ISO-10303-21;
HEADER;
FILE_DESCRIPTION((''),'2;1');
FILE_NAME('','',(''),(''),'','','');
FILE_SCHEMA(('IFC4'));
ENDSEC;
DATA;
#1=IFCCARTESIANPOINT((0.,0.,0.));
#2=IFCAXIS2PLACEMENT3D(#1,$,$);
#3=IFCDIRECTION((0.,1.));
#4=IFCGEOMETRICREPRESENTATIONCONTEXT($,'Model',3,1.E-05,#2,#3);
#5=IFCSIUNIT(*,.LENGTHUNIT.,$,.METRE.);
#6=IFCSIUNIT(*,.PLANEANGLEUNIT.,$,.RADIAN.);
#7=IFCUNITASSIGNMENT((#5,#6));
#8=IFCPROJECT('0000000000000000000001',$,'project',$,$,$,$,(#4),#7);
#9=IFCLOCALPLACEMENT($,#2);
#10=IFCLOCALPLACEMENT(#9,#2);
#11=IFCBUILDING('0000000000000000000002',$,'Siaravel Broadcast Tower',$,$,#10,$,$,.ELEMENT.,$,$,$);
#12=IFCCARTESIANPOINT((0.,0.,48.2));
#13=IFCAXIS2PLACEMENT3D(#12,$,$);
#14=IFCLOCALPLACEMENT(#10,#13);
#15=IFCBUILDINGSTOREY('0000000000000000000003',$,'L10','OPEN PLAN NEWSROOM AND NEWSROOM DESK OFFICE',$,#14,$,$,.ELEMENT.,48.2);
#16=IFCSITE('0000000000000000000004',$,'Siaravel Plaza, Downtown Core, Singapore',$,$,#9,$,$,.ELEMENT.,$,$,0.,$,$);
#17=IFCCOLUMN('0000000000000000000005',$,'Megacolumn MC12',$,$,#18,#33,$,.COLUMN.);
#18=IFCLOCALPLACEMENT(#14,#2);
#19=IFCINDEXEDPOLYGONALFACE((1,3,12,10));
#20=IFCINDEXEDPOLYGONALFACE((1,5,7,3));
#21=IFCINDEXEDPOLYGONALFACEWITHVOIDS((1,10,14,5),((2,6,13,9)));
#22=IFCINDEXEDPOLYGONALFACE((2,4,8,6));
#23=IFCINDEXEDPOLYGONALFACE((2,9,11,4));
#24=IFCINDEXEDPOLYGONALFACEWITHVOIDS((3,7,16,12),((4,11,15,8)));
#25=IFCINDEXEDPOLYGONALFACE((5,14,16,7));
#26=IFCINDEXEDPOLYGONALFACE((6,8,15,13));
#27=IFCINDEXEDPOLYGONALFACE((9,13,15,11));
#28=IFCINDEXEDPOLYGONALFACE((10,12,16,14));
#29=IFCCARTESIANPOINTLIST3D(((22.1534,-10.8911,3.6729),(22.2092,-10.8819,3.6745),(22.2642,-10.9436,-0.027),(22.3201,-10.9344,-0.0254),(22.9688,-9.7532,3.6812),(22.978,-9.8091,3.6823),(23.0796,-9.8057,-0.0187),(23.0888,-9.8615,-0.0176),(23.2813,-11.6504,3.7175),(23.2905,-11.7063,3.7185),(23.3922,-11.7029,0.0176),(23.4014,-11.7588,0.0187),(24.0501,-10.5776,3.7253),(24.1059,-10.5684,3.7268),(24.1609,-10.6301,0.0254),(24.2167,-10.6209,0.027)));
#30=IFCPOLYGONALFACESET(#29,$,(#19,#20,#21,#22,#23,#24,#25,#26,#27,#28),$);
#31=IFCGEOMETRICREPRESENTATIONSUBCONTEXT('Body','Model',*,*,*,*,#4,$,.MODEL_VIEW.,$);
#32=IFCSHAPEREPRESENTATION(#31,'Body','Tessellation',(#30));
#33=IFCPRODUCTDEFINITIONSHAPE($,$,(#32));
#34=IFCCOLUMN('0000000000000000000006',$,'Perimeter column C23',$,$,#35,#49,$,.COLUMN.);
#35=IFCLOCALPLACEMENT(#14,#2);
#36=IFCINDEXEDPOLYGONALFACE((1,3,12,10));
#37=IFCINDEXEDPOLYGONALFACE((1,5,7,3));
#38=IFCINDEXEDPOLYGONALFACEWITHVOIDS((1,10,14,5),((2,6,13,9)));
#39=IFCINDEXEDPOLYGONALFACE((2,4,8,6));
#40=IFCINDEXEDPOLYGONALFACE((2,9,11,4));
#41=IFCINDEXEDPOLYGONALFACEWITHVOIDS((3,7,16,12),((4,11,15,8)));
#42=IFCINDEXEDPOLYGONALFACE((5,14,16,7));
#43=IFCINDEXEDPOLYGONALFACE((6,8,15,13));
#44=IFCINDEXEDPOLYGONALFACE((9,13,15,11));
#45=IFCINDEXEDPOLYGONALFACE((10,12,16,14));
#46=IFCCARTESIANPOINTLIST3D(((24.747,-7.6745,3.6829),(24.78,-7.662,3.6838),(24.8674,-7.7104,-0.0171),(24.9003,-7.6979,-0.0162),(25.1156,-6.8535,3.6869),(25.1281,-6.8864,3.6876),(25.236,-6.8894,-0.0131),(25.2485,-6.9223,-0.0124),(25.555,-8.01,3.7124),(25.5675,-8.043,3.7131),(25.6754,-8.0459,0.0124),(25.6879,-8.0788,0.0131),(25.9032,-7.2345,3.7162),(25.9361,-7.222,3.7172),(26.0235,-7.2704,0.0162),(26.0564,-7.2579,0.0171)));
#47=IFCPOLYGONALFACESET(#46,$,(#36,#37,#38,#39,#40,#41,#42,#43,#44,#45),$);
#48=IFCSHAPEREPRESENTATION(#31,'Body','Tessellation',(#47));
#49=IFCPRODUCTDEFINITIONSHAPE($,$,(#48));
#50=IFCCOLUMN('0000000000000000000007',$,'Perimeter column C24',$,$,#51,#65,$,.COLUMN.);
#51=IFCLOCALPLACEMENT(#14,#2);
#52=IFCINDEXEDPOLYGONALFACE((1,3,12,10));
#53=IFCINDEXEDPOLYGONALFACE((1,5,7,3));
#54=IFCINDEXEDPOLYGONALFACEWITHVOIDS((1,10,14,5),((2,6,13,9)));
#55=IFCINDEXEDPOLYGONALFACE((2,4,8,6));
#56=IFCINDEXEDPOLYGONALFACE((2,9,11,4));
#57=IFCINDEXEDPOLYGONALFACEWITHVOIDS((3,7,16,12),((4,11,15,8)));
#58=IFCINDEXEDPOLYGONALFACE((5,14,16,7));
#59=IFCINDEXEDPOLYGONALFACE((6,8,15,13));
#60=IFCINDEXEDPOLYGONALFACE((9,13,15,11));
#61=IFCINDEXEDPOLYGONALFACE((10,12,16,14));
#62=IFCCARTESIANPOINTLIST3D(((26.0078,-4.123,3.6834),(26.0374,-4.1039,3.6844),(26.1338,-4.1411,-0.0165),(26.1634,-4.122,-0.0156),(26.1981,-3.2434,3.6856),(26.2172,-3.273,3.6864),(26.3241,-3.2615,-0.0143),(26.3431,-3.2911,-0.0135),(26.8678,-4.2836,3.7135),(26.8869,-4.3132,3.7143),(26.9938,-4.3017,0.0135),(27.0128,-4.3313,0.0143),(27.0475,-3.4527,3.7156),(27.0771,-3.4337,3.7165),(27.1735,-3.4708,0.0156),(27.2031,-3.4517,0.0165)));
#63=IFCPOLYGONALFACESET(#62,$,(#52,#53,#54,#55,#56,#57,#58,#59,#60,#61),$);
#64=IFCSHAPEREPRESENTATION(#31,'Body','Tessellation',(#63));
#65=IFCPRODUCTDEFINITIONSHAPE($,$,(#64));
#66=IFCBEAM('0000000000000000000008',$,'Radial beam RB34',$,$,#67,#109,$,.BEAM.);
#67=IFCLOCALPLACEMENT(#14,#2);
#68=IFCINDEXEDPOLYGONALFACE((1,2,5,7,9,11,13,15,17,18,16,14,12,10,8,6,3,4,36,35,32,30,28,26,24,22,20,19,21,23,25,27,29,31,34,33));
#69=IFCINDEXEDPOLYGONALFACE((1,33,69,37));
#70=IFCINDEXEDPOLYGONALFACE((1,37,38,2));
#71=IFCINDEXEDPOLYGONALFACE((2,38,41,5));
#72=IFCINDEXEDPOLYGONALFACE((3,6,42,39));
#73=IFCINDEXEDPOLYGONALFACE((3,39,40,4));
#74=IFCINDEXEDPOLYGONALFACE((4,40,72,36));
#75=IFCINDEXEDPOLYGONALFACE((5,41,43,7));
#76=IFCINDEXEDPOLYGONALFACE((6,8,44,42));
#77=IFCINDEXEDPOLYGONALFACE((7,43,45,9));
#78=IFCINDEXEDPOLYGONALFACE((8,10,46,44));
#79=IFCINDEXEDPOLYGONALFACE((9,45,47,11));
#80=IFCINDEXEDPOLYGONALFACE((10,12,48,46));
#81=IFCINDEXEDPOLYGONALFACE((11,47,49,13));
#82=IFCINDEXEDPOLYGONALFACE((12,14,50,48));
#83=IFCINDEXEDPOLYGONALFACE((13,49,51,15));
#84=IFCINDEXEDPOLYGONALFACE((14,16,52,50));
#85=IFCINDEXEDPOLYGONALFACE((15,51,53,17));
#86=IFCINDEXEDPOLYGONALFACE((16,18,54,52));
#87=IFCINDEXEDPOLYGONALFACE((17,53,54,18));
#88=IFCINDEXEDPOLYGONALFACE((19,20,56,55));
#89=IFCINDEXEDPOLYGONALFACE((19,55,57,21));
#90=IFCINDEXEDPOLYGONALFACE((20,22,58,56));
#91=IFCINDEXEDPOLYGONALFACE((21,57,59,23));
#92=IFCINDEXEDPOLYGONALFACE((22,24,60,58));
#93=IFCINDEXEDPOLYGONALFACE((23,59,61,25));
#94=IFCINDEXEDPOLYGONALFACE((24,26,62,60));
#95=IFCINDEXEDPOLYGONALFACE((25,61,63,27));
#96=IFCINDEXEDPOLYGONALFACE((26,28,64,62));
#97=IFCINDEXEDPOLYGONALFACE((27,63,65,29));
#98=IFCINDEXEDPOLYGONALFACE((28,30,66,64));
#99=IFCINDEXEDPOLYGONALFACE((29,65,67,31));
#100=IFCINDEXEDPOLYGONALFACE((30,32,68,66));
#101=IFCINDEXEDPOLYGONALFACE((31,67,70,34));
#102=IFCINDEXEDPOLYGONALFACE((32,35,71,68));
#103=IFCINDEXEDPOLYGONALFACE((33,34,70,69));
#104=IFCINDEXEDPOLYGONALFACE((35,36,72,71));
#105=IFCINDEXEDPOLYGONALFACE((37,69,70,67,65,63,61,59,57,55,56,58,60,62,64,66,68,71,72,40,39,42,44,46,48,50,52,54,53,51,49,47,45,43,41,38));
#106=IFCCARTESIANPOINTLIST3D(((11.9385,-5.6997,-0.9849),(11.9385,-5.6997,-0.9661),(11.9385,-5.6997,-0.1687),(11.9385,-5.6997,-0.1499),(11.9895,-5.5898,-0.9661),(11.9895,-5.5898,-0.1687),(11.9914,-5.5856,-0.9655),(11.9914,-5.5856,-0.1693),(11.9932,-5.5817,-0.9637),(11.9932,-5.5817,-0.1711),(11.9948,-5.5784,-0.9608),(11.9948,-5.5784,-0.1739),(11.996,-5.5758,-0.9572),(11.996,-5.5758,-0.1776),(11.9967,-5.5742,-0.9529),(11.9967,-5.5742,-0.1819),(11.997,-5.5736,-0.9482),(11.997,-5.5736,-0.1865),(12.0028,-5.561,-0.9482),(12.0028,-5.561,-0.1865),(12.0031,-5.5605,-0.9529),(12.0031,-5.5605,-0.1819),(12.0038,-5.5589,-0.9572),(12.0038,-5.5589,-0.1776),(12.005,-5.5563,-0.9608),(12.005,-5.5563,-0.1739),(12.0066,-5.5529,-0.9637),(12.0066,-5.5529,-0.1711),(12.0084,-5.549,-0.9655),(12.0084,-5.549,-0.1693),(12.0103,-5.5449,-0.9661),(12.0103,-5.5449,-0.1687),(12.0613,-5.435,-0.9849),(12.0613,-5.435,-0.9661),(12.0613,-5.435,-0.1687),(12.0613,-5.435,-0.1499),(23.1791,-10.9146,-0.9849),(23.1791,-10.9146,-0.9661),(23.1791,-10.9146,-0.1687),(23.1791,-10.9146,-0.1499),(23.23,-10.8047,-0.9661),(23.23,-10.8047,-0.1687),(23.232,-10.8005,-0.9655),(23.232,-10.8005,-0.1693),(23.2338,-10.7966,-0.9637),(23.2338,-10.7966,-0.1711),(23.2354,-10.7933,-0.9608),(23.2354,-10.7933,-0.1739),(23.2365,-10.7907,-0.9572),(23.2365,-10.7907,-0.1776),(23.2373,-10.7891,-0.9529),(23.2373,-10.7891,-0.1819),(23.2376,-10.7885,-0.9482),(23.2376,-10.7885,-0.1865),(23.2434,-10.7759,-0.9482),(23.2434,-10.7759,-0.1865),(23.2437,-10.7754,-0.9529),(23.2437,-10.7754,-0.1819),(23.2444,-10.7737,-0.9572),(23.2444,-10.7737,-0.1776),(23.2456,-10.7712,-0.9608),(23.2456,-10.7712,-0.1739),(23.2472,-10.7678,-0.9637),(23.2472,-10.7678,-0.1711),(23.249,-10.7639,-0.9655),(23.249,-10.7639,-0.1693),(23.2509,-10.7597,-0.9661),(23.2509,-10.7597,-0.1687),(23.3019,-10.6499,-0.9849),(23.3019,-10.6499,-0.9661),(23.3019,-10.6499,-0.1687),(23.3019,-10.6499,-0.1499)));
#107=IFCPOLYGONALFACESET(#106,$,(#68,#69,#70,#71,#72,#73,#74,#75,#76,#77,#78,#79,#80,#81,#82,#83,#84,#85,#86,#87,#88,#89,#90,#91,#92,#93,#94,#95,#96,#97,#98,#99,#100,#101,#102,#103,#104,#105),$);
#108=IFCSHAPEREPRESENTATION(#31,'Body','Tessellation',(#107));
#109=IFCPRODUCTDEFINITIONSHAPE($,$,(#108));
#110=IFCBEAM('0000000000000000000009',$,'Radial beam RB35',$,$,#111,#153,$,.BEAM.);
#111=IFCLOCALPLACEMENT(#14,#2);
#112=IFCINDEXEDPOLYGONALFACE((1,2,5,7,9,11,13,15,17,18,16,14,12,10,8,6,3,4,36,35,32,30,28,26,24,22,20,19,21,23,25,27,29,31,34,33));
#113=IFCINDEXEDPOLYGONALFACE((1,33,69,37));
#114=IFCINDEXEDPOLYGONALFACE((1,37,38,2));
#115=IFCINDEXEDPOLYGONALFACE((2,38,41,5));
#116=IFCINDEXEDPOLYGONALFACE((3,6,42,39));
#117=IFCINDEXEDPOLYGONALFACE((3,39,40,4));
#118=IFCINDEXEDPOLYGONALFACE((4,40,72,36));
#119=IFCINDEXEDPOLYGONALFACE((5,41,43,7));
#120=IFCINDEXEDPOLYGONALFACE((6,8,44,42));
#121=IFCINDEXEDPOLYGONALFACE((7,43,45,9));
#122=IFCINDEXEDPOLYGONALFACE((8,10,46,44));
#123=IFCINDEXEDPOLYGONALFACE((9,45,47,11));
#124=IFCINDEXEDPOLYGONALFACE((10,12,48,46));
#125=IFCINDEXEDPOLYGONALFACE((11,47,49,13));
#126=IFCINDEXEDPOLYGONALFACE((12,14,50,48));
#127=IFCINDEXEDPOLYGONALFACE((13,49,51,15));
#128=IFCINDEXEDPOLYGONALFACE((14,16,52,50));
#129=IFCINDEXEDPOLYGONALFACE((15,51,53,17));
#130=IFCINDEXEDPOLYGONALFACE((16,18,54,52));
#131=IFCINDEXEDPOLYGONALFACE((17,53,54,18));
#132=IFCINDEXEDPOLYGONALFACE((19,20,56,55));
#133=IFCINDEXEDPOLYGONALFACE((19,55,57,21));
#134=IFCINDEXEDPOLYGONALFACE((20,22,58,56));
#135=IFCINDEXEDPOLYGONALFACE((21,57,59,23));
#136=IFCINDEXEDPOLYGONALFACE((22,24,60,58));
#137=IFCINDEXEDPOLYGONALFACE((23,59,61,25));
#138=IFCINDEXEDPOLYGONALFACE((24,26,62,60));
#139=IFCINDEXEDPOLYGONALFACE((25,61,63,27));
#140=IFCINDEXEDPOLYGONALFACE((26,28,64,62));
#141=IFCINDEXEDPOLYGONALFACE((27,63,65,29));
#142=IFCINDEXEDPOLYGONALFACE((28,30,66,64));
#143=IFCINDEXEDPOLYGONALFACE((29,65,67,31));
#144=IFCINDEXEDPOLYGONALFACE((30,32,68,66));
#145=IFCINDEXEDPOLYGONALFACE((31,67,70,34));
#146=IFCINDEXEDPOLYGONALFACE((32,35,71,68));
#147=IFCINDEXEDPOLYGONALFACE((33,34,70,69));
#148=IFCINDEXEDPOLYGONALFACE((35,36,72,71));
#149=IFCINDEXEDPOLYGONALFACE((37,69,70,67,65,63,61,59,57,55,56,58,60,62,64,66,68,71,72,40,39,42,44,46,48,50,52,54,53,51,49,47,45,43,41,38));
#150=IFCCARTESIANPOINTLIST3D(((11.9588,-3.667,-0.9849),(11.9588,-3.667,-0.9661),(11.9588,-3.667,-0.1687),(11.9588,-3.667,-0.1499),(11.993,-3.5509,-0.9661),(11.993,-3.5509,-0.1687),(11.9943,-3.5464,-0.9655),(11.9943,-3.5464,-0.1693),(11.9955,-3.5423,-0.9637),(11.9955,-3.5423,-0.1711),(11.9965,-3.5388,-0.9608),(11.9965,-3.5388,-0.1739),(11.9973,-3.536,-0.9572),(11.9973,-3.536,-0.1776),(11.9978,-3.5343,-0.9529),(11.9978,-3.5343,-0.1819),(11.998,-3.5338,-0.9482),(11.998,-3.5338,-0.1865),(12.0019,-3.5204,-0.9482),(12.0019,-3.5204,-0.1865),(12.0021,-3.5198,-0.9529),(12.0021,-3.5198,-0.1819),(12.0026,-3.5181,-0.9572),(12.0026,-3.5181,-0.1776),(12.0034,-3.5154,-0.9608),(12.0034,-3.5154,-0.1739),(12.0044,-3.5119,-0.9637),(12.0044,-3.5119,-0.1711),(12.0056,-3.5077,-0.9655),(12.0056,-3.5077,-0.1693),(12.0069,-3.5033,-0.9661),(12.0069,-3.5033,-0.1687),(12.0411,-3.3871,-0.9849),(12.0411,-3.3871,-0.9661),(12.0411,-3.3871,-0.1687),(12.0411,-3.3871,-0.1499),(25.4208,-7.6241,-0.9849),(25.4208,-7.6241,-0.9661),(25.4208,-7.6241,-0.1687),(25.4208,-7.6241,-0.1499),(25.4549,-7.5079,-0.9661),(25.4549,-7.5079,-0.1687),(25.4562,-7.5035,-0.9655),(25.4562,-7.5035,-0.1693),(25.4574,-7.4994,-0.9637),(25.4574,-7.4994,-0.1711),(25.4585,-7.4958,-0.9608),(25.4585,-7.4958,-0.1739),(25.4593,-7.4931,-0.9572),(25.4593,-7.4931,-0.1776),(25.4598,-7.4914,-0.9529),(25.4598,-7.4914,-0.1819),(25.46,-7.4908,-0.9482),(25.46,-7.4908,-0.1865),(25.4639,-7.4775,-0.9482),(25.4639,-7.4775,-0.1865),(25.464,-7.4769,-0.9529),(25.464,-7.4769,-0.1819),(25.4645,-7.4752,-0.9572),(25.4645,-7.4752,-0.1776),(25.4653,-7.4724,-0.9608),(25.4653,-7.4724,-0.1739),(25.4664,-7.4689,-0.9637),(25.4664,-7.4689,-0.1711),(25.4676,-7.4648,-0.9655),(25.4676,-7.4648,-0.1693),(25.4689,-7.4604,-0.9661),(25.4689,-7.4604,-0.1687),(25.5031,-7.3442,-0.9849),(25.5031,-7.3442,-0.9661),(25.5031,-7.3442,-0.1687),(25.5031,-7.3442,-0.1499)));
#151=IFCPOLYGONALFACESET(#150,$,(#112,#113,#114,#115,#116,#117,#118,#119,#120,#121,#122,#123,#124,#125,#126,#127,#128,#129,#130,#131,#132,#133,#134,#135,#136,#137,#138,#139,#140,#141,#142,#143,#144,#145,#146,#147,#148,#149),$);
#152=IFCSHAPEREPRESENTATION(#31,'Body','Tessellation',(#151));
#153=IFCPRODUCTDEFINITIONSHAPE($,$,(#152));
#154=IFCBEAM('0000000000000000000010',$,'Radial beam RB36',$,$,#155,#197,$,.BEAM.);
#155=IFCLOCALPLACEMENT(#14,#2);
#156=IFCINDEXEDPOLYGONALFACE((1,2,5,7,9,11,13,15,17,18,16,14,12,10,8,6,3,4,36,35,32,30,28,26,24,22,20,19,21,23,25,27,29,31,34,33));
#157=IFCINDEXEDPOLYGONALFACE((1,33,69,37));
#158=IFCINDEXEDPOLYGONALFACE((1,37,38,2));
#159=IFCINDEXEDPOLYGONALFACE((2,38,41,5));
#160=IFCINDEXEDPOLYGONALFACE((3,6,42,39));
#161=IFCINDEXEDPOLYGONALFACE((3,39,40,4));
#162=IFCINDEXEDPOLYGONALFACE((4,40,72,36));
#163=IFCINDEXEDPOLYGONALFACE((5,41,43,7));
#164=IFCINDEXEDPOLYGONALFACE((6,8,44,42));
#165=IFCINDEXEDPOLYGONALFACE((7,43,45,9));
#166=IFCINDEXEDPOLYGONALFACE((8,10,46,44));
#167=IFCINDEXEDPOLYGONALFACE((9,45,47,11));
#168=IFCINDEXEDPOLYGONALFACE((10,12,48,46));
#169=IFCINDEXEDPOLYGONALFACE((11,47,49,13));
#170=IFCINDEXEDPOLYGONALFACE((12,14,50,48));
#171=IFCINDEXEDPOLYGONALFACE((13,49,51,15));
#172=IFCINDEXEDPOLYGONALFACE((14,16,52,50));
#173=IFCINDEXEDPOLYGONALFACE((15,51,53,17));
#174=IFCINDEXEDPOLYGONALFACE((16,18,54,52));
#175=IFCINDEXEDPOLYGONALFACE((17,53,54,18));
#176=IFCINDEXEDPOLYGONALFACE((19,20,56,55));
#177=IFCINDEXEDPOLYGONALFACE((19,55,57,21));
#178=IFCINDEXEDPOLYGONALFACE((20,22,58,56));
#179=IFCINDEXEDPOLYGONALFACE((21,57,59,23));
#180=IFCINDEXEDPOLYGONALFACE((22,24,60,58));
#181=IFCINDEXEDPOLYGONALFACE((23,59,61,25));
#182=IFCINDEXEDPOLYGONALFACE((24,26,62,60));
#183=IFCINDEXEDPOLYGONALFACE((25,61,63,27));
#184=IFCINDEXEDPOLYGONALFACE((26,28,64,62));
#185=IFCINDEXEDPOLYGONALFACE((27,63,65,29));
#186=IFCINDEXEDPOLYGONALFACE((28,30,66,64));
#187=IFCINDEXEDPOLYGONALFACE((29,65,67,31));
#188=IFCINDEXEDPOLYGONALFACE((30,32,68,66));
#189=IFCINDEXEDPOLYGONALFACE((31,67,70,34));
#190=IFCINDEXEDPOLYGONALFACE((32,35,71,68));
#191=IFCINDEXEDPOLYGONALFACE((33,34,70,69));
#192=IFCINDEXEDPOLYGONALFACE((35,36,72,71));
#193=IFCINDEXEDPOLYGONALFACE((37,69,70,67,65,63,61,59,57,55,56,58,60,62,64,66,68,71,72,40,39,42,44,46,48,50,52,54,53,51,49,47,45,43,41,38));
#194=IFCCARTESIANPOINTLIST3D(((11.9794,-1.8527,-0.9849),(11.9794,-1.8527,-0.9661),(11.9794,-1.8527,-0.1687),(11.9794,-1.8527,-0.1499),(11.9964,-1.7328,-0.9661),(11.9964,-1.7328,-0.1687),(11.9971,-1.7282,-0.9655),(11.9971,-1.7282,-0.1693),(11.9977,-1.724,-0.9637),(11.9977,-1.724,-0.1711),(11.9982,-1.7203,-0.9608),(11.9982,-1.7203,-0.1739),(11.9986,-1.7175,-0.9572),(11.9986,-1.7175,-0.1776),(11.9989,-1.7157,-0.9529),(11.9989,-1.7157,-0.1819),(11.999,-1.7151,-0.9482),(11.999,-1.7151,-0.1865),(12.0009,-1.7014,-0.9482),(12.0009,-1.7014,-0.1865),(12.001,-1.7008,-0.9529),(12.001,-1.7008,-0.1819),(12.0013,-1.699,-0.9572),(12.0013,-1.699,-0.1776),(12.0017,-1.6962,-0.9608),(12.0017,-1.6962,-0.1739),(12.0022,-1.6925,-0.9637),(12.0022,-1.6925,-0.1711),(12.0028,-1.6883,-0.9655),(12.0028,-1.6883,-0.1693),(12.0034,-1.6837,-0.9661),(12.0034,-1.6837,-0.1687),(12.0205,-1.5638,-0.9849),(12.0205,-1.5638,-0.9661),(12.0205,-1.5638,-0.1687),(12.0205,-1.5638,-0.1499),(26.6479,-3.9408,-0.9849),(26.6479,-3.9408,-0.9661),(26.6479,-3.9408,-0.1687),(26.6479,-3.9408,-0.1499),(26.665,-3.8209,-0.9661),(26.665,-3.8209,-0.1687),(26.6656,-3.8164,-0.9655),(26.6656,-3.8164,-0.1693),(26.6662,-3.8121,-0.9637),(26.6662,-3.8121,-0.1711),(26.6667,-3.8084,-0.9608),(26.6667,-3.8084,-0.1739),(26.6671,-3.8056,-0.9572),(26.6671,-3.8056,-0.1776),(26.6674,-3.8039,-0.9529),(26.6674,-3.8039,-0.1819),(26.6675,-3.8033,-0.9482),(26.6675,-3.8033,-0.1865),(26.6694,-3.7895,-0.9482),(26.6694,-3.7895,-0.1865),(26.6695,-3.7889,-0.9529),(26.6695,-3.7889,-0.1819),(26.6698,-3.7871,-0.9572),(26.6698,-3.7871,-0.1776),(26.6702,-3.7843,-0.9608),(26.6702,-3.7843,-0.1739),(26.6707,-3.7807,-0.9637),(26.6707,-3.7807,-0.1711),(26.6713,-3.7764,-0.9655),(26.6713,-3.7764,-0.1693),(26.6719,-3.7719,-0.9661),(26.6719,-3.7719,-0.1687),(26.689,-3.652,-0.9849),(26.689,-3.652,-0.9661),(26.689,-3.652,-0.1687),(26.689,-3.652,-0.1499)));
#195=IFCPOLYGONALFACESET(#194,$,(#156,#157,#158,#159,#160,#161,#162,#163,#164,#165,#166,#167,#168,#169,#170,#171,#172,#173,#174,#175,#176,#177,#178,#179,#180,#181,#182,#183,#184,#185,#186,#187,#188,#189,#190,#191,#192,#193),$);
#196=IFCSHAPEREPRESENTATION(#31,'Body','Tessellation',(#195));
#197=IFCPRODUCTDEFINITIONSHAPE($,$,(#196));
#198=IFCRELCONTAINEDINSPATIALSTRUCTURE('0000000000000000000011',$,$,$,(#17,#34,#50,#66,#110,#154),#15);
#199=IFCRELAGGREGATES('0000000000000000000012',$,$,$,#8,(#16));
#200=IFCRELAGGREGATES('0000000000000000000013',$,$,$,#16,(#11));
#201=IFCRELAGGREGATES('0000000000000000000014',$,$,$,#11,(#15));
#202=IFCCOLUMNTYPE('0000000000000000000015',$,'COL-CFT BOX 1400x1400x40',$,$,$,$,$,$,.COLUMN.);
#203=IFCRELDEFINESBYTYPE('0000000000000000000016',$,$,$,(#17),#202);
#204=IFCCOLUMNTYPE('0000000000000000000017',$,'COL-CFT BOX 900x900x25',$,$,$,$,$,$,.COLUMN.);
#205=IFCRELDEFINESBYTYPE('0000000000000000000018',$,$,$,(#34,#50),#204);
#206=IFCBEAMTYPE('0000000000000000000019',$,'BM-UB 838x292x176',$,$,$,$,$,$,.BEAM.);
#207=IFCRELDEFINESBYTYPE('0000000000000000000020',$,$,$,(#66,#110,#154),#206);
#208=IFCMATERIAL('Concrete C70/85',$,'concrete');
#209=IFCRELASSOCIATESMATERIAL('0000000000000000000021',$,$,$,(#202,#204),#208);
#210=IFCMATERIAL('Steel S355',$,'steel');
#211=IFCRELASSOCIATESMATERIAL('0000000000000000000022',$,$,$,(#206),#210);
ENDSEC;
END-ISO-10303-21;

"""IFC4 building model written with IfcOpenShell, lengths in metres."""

from ifc_helpers import new_model, si_unit, direction, frame, origin, origin_2d, place, context, subcontext, project, spatial, hollow_rectangle, i_section, extrude, material, material_profile, profile_set, type_object, element, save


model = new_model("IFC4")

# Units and contexts
model_context = context("Model", 3, precision=1e-05, world=origin(), true_north=direction((0.0, 1.0)))
body_context = subcontext(model_context, "Body", "Model", "MODEL_VIEW")
ifc_project = project(units=[si_unit("LENGTHUNIT", "METRE"), si_unit("PLANEANGLEUNIT", "RADIAN")], contexts=[model_context])

# Site, building, storey
site_placement = place(None, origin())
site = spatial("IfcSite", under=ifc_project, at=site_placement, Name="Siaravel Plaza, Downtown Core, Singapore", CompositionType="ELEMENT", RefElevation=0.0)
building_placement = place(site_placement, origin())
building = spatial("IfcBuilding", under=site, at=building_placement, Name="Siaravel Broadcast Tower", CompositionType="ELEMENT")
storey_placement = place(building_placement, frame((0.0, 0.0, 48.2)))
storey = spatial("IfcBuildingStorey", under=building, at=storey_placement, Name="L10", Description="OPEN PLAN NEWSROOM AND NEWSROOM DESK OFFICE", CompositionType="ELEMENT", Elevation=48.2)

# Columns
ifc_material_1 = material(Name="Concrete C70/85", Category="concrete")
ifc_material_profile_1 = material_profile(ifc_material_1, hollow_rectangle(XDim=1.3999, YDim=1.3999, WallThickness=0.04, at=origin_2d()))
ifc_profile_set_1 = profile_set([ifc_material_profile_1], Name="Concrete C70/85")
column_type_1 = type_object("IfcColumnType", Name="COL-CFT BOX 1400x1400x40", PredefinedType="COLUMN", material=ifc_profile_set_1)
column_placement = place(storey_placement, frame((23.2405, -10.7822, 0.0), z_axis=(-0.029941, 0.014179, 0.999451), x_axis=(-0.582456, -0.81284, -0.005917)))
element("IfcColumn", 1, at=column_placement, inside=storey, type_object=column_type_1, Name="Megacolumn MC12", PredefinedType="COLUMN", context=body_context, shape_type="SweptSolid", body=[
    extrude(hollow_rectangle(XDim=1.3999, YDim=1.3999, WallThickness=0.04, at=origin_2d()), origin(), (0.0, 0.0, 1.0), 3.7019),
])
ifc_material_profile_2 = material_profile(ifc_material_1, hollow_rectangle(XDim=0.8999, YDim=0.8999, WallThickness=0.0249, at=origin_2d()))
ifc_profile_set_2 = profile_set([ifc_material_profile_2], Name="Concrete C70/85")
column_type_2 = type_object("IfcColumnType", Name="COL-CFT BOX 900x900x25", PredefinedType="COLUMN", material=ifc_profile_set_2)
for number, where, z_axis, x_axis, name in (
    (2, (25.4619, -7.4841, 0.0), (-0.032512, 0.009694, 0.999424), (-0.409552, -0.912276, -0.004474), "Perimeter column C23"),
    (3, (26.6685, -3.7964, 0.0), (-0.034028, 0.00488, 0.999409), (-0.211423, -0.977392, -0.002426), "Perimeter column C24"),
):
    element("IfcColumn", number, at=place(storey_placement, frame(where, z_axis=z_axis, x_axis=x_axis)), inside=storey, type_object=column_type_2, Name=name, PredefinedType="COLUMN", context=body_context, shape_type="SweptSolid", body=[
        extrude(hollow_rectangle(XDim=0.8999, YDim=0.8999, WallThickness=0.0249, at=origin_2d()), origin(), (0.0, 0.0, 1.0), 3.7021),
    ])

# Beams
ifc_material_2 = material(Name="Steel S355", Category="steel")
ifc_material_profile_3 = material_profile(ifc_material_2, i_section(OverallWidth=0.2917, OverallDepth=0.835, WebThickness=0.0139, FlangeThickness=0.0188, FilletRadius=0.0178, at=origin_2d()))
ifc_profile_set_3 = profile_set([ifc_material_profile_3], Name="Steel S355")
beam_type = type_object("IfcBeamType", Name="BM-UB 838x292x176", PredefinedType="BEAM", material=ifc_profile_set_3)
beam_1_placement = place(storey_placement, frame((23.2405, -10.7822, -0.5674), z_axis=(-0.907131, 0.420849, 0.0), x_axis=(-0.420849, -0.907131, 0.0)))
element("IfcBeam", 4, at=beam_1_placement, inside=storey, type_object=beam_type, Name="Radial beam RB34", PredefinedType="BEAM", context=body_context, shape_type="SweptSolid", body=[
    extrude(i_section(OverallWidth=0.2917, OverallDepth=0.835, WebThickness=0.0139, FlangeThickness=0.0188, FilletRadius=0.0178, at=origin_2d()), origin(), (0.0, 0.0, 1.0), 12.3914),
])
beam_2_placement = place(storey_placement, frame((25.4619, -7.4841, -0.5674), z_axis=(-0.959411, 0.282012, 0.0), x_axis=(-0.282012, -0.959411, 0.0)))
element("IfcBeam", 5, at=beam_2_placement, inside=storey, type_object=beam_type, Name="Radial beam RB35", PredefinedType="BEAM", context=body_context, shape_type="SweptSolid", body=[
    extrude(i_section(OverallWidth=0.2917, OverallDepth=0.835, WebThickness=0.0139, FlangeThickness=0.0188, FilletRadius=0.0178, at=origin_2d()), origin(), (0.0, 0.0, 1.0), 14.0315),
])
beam_3_placement = place(storey_placement, frame((26.6685, -3.7964, -0.5674), z_axis=(-0.990019, 0.140935, 0.0), x_axis=(-0.140935, -0.990019, 0.0)))
element("IfcBeam", 6, at=beam_3_placement, inside=storey, type_object=beam_type, Name="Radial beam RB36", PredefinedType="BEAM", context=body_context, shape_type="SweptSolid", body=[
    extrude(i_section(OverallWidth=0.2917, OverallDepth=0.835, WebThickness=0.0139, FlangeThickness=0.0188, FilletRadius=0.0178, at=origin_2d()), origin(), (0.0, 0.0, 1.0), 14.8164),
])

save(model, "model.ifc")
